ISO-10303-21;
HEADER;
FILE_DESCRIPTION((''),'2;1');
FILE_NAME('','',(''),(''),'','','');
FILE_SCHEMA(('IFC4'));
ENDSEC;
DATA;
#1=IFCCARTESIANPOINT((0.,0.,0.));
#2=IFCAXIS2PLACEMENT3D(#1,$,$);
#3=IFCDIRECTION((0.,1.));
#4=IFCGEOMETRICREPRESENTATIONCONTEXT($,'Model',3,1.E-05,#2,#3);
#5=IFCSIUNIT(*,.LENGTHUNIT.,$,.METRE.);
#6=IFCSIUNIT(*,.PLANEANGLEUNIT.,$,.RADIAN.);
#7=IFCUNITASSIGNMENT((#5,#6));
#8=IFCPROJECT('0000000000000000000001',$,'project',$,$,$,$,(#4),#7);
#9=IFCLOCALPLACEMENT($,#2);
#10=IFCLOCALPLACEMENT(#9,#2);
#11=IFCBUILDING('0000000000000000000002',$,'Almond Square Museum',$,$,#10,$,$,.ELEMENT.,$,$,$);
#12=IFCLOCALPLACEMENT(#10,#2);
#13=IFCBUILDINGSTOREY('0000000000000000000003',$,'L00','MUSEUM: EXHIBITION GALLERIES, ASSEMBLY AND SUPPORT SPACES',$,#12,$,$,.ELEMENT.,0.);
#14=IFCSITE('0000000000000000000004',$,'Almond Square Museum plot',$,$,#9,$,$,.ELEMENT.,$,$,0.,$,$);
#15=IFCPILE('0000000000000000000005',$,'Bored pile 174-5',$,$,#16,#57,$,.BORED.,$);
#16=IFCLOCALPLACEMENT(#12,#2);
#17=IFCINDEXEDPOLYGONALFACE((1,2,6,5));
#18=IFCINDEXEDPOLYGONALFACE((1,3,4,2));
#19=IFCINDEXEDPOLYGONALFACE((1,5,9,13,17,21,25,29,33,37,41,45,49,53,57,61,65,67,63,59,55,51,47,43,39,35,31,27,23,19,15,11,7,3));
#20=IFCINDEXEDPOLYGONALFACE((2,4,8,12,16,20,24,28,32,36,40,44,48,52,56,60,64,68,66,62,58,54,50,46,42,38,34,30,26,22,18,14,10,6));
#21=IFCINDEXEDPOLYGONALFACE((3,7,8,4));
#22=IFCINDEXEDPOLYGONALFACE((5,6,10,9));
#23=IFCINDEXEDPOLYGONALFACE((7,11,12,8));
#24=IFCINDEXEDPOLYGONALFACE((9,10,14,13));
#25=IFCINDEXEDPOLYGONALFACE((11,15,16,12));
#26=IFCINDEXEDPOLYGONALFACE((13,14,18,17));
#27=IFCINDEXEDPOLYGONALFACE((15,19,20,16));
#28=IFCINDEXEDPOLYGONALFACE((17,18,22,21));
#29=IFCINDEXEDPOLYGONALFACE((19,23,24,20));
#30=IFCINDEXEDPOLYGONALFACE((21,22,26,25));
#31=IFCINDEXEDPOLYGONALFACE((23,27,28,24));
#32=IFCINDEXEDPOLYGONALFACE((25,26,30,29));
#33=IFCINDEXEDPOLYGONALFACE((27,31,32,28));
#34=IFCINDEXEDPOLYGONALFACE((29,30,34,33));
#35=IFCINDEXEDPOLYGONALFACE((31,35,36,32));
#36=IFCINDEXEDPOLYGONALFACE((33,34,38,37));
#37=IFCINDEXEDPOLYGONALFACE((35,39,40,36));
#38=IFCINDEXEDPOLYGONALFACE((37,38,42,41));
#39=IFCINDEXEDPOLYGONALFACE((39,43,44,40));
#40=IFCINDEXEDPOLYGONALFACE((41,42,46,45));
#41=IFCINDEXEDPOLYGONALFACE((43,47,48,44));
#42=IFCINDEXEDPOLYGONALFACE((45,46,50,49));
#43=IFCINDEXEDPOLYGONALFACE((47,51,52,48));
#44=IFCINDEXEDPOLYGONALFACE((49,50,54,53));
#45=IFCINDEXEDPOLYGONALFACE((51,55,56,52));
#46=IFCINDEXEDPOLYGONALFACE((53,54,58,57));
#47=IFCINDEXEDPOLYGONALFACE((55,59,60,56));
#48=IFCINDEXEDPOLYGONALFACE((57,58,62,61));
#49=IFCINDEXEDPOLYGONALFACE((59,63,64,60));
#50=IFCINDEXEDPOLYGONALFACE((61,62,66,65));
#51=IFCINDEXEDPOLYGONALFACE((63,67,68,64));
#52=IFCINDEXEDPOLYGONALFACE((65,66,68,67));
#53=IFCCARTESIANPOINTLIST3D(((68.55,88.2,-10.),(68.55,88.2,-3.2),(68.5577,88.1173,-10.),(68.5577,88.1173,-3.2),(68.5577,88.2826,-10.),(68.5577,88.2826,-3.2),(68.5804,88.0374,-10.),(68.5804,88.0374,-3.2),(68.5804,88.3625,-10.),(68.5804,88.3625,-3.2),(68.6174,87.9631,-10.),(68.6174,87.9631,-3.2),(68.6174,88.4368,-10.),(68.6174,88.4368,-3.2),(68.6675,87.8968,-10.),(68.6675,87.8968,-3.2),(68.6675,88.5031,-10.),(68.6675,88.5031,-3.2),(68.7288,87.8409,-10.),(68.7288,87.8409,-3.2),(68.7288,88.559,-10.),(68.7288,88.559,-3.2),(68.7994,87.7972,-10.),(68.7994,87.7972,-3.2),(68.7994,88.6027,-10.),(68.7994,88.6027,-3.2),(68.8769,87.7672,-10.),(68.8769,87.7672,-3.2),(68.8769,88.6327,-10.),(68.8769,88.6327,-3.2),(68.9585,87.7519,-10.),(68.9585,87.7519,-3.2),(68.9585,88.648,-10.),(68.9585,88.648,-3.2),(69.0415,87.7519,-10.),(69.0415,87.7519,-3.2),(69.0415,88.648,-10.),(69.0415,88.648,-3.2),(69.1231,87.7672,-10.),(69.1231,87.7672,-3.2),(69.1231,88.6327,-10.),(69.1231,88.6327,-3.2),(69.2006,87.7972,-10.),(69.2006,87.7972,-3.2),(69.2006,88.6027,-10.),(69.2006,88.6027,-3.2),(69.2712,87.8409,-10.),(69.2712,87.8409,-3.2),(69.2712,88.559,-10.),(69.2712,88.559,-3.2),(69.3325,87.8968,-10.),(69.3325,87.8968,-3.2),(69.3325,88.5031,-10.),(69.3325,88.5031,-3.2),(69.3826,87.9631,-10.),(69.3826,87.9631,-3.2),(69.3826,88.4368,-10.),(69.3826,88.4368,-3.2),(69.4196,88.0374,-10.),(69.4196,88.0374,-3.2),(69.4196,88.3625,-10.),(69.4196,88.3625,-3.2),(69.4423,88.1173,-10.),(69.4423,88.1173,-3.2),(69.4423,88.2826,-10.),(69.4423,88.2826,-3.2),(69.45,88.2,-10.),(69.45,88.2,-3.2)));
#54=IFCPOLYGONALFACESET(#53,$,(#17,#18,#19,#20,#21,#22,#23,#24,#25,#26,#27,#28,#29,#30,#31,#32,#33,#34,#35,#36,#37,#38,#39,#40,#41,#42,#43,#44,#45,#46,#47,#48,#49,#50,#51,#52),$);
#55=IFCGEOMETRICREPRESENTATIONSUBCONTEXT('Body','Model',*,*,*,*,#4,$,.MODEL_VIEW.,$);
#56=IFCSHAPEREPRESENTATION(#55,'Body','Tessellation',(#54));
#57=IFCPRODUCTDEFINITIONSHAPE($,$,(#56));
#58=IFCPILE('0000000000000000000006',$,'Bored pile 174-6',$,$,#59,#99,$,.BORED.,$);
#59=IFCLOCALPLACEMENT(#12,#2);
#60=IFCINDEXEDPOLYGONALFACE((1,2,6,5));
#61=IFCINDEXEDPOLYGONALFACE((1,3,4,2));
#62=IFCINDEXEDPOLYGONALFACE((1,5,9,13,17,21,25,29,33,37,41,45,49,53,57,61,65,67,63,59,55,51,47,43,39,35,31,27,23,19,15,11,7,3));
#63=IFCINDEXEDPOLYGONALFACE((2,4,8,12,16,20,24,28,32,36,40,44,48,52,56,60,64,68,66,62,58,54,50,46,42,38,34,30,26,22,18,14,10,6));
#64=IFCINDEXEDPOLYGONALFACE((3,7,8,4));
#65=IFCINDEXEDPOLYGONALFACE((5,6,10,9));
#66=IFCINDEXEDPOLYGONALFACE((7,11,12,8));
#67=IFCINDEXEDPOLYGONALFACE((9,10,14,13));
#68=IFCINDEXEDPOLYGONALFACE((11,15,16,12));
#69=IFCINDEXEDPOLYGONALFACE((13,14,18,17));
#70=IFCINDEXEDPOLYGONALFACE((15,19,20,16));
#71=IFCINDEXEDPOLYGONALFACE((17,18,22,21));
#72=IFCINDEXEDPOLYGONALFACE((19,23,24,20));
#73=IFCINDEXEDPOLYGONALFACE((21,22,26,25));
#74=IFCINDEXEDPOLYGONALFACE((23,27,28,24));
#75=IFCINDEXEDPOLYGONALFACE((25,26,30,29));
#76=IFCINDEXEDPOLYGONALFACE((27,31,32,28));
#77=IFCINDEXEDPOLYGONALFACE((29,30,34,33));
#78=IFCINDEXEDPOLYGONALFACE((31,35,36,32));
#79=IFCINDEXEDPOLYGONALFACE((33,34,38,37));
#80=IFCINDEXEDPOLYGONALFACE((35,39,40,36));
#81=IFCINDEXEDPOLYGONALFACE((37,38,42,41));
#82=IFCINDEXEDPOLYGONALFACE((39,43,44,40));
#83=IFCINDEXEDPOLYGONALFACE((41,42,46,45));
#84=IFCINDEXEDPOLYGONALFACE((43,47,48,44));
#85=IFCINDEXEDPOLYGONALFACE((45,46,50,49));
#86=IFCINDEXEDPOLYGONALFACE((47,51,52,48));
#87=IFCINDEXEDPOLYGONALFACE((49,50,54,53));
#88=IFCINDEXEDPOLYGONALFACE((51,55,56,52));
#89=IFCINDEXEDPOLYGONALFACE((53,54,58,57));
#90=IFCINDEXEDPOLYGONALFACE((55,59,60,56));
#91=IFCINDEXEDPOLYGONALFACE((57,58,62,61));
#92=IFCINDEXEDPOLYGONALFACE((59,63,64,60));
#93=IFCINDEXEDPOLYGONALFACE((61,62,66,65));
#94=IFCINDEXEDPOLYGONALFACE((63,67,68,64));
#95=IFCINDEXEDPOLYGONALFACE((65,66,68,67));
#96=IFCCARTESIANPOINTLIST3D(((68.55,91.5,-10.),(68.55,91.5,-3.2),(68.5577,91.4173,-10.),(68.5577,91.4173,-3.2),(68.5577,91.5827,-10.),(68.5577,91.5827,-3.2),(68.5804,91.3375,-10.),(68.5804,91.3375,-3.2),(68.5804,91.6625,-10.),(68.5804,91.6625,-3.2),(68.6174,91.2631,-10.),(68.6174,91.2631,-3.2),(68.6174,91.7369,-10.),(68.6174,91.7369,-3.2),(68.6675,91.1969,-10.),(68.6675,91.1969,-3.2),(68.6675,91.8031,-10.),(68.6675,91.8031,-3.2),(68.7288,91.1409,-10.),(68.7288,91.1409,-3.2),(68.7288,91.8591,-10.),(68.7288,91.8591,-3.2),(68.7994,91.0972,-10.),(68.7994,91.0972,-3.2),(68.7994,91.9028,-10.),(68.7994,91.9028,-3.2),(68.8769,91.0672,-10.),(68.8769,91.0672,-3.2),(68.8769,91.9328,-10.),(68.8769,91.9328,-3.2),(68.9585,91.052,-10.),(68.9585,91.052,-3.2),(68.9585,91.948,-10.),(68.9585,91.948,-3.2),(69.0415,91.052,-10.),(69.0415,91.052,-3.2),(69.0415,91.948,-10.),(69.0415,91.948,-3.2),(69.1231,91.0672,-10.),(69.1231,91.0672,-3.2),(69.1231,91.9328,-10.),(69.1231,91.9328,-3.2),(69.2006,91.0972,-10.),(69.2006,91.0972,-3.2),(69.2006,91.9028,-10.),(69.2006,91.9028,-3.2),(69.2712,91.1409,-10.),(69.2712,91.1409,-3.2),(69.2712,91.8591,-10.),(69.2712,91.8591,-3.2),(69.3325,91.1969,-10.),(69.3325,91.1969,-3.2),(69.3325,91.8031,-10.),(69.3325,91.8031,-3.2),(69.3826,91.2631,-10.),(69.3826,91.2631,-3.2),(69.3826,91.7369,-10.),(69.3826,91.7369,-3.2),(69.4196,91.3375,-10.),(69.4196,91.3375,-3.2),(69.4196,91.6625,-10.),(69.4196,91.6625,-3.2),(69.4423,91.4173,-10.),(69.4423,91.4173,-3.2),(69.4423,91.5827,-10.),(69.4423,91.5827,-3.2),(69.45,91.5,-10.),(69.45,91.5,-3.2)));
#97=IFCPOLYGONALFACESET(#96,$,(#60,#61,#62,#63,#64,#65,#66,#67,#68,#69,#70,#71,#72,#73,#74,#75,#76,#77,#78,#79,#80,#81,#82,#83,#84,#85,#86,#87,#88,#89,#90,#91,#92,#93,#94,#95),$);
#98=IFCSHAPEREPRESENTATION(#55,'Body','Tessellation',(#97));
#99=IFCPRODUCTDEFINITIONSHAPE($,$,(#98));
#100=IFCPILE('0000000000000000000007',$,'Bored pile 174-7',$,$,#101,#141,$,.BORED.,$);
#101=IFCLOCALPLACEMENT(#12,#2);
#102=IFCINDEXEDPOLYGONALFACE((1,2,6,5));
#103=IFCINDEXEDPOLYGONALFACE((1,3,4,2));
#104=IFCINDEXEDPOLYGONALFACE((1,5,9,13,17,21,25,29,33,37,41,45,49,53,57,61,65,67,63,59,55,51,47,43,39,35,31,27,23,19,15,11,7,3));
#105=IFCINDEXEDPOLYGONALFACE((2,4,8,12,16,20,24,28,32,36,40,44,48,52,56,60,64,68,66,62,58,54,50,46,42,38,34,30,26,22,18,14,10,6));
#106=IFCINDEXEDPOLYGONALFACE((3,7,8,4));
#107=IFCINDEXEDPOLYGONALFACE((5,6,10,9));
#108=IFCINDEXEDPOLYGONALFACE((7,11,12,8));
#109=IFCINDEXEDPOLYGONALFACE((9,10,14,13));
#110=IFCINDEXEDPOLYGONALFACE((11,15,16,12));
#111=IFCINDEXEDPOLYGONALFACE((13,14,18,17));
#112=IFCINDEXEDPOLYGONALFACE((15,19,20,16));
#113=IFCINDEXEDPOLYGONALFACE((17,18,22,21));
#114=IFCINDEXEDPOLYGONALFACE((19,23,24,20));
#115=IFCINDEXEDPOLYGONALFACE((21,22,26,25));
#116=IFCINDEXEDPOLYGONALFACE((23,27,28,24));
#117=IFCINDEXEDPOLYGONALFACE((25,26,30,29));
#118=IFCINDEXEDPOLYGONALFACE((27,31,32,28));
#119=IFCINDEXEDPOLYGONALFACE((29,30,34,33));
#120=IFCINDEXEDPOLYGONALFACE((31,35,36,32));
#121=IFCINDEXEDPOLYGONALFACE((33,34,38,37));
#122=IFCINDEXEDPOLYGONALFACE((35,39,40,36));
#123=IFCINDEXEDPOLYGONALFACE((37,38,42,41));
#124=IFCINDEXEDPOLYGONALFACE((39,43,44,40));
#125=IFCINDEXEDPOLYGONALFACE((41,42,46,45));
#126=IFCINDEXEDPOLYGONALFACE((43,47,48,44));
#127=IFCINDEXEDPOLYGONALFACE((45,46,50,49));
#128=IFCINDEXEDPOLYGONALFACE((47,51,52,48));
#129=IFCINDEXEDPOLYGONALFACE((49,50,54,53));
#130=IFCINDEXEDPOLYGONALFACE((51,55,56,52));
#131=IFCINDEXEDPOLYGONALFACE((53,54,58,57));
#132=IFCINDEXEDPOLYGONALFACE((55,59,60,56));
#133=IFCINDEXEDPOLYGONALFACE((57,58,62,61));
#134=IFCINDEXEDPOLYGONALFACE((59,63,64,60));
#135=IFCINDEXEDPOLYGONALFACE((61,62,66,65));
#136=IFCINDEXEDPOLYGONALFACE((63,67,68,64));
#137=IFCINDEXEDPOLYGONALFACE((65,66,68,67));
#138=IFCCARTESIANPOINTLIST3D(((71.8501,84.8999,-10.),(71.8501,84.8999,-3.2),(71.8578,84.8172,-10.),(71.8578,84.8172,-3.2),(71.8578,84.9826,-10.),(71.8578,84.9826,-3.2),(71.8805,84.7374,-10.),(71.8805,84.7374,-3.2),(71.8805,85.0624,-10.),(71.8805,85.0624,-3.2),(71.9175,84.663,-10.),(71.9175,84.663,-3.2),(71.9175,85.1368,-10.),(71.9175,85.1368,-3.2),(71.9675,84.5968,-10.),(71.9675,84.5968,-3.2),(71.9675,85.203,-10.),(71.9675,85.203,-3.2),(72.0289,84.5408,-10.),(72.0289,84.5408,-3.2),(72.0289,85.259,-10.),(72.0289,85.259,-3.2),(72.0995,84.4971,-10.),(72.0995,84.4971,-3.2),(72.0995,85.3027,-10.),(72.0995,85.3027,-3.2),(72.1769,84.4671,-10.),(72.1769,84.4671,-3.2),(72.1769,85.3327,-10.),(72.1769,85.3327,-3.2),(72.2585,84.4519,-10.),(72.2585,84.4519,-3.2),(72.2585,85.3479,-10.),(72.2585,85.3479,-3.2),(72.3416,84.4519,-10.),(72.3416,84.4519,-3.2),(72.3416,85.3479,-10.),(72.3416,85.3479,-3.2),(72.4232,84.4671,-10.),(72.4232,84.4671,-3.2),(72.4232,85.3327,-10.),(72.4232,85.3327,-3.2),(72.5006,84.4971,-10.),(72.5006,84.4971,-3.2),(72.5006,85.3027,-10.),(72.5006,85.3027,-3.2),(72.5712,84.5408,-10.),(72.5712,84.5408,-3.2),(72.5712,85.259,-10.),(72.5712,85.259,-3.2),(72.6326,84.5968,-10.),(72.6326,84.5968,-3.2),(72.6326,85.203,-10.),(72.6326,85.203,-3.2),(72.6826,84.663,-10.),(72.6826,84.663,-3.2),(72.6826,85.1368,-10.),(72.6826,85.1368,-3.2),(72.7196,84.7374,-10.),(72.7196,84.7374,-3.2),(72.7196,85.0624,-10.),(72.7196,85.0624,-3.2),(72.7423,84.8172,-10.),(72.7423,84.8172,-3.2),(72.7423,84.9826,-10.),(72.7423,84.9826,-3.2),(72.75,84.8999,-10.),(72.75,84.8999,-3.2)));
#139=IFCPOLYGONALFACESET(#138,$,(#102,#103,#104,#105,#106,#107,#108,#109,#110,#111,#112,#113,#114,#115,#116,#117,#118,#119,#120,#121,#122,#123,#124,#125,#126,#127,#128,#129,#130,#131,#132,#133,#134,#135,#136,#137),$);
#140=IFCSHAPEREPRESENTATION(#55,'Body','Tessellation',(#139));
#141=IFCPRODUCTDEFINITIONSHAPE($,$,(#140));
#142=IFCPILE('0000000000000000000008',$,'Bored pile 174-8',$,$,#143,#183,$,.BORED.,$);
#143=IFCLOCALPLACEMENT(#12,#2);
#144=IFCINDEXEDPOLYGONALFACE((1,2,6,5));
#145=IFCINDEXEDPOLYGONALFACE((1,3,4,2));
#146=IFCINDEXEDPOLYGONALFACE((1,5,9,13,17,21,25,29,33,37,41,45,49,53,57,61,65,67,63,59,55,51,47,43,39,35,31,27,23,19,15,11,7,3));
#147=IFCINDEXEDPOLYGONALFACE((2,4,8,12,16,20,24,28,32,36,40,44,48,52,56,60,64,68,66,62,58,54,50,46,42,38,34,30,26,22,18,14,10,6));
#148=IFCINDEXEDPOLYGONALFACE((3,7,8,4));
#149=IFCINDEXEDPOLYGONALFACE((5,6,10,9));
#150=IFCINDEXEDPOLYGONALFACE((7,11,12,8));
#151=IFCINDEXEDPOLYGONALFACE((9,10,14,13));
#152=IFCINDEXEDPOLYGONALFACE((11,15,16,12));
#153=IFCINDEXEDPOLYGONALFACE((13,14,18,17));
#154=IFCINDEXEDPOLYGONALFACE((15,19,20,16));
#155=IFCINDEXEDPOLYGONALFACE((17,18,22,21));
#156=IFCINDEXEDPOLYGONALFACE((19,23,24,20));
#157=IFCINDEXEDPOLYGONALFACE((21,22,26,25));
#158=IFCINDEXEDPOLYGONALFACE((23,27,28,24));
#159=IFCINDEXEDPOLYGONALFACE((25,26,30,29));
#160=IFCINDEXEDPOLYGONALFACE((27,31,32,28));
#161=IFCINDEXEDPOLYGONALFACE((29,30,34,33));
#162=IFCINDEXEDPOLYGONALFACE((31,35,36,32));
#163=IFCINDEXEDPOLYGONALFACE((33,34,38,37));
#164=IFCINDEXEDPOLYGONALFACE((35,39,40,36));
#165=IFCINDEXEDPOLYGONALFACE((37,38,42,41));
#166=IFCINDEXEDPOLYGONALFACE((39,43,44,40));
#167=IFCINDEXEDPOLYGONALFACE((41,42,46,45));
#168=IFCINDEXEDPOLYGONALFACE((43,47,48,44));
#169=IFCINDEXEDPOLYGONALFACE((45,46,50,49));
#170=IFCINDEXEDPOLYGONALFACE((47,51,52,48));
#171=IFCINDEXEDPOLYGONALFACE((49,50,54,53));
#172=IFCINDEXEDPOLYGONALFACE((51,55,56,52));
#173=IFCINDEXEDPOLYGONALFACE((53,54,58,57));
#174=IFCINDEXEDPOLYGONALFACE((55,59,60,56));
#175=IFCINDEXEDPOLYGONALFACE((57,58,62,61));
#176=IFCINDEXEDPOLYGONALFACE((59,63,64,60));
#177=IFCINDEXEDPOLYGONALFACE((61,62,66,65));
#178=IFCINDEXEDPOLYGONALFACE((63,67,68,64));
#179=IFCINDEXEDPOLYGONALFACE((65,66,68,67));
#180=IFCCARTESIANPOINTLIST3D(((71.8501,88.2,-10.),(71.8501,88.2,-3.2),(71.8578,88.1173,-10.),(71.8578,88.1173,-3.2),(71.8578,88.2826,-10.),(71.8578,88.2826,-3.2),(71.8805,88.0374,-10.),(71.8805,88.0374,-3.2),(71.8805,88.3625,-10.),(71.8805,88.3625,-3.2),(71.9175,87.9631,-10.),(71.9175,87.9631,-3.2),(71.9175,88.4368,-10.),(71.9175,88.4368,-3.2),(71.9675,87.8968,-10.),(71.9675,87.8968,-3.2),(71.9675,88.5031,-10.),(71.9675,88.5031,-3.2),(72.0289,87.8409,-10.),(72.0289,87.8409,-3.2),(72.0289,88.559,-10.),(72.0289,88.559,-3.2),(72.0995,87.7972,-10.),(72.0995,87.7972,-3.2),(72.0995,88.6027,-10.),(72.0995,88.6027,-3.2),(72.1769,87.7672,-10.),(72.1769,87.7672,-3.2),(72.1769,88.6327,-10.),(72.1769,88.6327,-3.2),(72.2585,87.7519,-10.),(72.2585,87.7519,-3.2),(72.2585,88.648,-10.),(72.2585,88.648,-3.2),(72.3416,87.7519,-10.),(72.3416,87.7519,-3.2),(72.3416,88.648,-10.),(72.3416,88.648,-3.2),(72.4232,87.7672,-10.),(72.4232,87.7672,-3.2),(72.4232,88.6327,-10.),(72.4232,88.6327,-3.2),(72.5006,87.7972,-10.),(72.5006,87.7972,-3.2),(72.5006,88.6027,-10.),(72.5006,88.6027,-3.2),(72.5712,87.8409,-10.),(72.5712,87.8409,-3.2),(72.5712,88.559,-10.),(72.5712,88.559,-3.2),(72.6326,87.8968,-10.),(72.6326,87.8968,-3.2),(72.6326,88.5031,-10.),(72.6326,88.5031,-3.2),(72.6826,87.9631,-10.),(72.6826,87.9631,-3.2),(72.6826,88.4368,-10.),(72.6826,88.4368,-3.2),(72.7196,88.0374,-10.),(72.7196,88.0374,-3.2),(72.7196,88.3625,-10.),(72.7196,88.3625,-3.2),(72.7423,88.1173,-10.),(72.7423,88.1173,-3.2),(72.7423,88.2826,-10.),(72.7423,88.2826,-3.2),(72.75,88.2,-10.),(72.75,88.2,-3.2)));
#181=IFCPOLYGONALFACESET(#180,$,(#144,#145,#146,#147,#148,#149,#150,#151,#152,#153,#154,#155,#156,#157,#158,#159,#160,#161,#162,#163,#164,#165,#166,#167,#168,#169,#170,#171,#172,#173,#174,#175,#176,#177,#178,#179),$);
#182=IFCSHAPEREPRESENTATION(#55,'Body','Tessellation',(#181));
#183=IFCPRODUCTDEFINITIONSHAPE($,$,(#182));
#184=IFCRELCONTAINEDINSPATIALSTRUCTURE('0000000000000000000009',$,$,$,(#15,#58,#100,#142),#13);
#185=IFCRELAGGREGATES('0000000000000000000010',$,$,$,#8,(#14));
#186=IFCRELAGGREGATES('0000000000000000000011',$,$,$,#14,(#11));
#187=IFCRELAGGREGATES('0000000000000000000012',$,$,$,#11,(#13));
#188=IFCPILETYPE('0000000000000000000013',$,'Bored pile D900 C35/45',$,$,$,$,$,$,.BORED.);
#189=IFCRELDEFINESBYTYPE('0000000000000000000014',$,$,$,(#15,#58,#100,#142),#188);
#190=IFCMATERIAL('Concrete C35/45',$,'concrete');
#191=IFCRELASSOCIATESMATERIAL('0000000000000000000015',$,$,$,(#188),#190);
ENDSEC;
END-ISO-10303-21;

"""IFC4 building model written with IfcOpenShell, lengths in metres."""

from ifc_helpers import new_model, si_unit, direction, frame, origin, origin_2d, place, context, subcontext, project, spatial, circle, extrude, material, material_profile, profile_set, type_object, element, save


model = new_model("IFC4")

# Units and contexts
model_context = context("Model", 3, precision=1e-05, world=origin(), true_north=direction((0.0, 1.0)))
body_context = subcontext(model_context, "Body", "Model", "MODEL_VIEW")
ifc_project = project(units=[si_unit("LENGTHUNIT", "METRE"), si_unit("PLANEANGLEUNIT", "RADIAN")], contexts=[model_context])

# Site, building, storey
site_placement = place(None, origin())
site = spatial("IfcSite", under=ifc_project, at=site_placement, Name="Almond Square Museum plot", CompositionType="ELEMENT", RefElevation=0.0)
building_placement = place(site_placement, origin())
building = spatial("IfcBuilding", under=site, at=building_placement, Name="Almond Square Museum", CompositionType="ELEMENT")
storey_placement = place(building_placement, origin())
storey = spatial("IfcBuildingStorey", under=building, at=storey_placement, Name="L00", Description="MUSEUM: EXHIBITION GALLERIES, ASSEMBLY AND SUPPORT SPACES", CompositionType="ELEMENT", Elevation=0.0)

# Piles
ifc_material_1 = material(Name="Concrete C35/45", Category="concrete")
ifc_material_profile = material_profile(ifc_material_1, circle(Radius=0.45, at=origin_2d()))
ifc_profile_set = profile_set([ifc_material_profile], Name="Concrete C35/45")
pile_type = type_object("IfcPileType", Name="Bored pile D900 C35/45", PredefinedType="BORED", material=ifc_profile_set)
for number, where, z_axis, x_axis, name in (
    (1, (69.0, 88.2, -3.2), (0.0, 0.0, -1.0), (1.0, 0.0, 0.0), "Bored pile 174-5"),
    (2, (69.0, 91.5, -3.2), (0.0, 0.0, -1.0), (1.0, 0.0, 0.0), "Bored pile 174-6"),
    (3, (72.3, 84.8999, -3.2), (0.0, 0.0, -1.0), (1.0, 0.0, 0.0), "Bored pile 174-7"),
    (4, (72.3, 88.2, -3.2), (0.0, 0.0, -1.0), (1.0, 0.0, 0.0), "Bored pile 174-8"),
):
    element("IfcPile", number, at=place(storey_placement, frame(where, z_axis=z_axis, x_axis=x_axis)), inside=storey, type_object=pile_type, Name=name, PredefinedType="BORED", context=body_context, shape_type="SweptSolid", body=[
        extrude(circle(Radius=0.45, at=origin_2d()), origin(), (0.0, 0.0, 1.0), 6.8),
    ])

save(model, "model.ifc")
